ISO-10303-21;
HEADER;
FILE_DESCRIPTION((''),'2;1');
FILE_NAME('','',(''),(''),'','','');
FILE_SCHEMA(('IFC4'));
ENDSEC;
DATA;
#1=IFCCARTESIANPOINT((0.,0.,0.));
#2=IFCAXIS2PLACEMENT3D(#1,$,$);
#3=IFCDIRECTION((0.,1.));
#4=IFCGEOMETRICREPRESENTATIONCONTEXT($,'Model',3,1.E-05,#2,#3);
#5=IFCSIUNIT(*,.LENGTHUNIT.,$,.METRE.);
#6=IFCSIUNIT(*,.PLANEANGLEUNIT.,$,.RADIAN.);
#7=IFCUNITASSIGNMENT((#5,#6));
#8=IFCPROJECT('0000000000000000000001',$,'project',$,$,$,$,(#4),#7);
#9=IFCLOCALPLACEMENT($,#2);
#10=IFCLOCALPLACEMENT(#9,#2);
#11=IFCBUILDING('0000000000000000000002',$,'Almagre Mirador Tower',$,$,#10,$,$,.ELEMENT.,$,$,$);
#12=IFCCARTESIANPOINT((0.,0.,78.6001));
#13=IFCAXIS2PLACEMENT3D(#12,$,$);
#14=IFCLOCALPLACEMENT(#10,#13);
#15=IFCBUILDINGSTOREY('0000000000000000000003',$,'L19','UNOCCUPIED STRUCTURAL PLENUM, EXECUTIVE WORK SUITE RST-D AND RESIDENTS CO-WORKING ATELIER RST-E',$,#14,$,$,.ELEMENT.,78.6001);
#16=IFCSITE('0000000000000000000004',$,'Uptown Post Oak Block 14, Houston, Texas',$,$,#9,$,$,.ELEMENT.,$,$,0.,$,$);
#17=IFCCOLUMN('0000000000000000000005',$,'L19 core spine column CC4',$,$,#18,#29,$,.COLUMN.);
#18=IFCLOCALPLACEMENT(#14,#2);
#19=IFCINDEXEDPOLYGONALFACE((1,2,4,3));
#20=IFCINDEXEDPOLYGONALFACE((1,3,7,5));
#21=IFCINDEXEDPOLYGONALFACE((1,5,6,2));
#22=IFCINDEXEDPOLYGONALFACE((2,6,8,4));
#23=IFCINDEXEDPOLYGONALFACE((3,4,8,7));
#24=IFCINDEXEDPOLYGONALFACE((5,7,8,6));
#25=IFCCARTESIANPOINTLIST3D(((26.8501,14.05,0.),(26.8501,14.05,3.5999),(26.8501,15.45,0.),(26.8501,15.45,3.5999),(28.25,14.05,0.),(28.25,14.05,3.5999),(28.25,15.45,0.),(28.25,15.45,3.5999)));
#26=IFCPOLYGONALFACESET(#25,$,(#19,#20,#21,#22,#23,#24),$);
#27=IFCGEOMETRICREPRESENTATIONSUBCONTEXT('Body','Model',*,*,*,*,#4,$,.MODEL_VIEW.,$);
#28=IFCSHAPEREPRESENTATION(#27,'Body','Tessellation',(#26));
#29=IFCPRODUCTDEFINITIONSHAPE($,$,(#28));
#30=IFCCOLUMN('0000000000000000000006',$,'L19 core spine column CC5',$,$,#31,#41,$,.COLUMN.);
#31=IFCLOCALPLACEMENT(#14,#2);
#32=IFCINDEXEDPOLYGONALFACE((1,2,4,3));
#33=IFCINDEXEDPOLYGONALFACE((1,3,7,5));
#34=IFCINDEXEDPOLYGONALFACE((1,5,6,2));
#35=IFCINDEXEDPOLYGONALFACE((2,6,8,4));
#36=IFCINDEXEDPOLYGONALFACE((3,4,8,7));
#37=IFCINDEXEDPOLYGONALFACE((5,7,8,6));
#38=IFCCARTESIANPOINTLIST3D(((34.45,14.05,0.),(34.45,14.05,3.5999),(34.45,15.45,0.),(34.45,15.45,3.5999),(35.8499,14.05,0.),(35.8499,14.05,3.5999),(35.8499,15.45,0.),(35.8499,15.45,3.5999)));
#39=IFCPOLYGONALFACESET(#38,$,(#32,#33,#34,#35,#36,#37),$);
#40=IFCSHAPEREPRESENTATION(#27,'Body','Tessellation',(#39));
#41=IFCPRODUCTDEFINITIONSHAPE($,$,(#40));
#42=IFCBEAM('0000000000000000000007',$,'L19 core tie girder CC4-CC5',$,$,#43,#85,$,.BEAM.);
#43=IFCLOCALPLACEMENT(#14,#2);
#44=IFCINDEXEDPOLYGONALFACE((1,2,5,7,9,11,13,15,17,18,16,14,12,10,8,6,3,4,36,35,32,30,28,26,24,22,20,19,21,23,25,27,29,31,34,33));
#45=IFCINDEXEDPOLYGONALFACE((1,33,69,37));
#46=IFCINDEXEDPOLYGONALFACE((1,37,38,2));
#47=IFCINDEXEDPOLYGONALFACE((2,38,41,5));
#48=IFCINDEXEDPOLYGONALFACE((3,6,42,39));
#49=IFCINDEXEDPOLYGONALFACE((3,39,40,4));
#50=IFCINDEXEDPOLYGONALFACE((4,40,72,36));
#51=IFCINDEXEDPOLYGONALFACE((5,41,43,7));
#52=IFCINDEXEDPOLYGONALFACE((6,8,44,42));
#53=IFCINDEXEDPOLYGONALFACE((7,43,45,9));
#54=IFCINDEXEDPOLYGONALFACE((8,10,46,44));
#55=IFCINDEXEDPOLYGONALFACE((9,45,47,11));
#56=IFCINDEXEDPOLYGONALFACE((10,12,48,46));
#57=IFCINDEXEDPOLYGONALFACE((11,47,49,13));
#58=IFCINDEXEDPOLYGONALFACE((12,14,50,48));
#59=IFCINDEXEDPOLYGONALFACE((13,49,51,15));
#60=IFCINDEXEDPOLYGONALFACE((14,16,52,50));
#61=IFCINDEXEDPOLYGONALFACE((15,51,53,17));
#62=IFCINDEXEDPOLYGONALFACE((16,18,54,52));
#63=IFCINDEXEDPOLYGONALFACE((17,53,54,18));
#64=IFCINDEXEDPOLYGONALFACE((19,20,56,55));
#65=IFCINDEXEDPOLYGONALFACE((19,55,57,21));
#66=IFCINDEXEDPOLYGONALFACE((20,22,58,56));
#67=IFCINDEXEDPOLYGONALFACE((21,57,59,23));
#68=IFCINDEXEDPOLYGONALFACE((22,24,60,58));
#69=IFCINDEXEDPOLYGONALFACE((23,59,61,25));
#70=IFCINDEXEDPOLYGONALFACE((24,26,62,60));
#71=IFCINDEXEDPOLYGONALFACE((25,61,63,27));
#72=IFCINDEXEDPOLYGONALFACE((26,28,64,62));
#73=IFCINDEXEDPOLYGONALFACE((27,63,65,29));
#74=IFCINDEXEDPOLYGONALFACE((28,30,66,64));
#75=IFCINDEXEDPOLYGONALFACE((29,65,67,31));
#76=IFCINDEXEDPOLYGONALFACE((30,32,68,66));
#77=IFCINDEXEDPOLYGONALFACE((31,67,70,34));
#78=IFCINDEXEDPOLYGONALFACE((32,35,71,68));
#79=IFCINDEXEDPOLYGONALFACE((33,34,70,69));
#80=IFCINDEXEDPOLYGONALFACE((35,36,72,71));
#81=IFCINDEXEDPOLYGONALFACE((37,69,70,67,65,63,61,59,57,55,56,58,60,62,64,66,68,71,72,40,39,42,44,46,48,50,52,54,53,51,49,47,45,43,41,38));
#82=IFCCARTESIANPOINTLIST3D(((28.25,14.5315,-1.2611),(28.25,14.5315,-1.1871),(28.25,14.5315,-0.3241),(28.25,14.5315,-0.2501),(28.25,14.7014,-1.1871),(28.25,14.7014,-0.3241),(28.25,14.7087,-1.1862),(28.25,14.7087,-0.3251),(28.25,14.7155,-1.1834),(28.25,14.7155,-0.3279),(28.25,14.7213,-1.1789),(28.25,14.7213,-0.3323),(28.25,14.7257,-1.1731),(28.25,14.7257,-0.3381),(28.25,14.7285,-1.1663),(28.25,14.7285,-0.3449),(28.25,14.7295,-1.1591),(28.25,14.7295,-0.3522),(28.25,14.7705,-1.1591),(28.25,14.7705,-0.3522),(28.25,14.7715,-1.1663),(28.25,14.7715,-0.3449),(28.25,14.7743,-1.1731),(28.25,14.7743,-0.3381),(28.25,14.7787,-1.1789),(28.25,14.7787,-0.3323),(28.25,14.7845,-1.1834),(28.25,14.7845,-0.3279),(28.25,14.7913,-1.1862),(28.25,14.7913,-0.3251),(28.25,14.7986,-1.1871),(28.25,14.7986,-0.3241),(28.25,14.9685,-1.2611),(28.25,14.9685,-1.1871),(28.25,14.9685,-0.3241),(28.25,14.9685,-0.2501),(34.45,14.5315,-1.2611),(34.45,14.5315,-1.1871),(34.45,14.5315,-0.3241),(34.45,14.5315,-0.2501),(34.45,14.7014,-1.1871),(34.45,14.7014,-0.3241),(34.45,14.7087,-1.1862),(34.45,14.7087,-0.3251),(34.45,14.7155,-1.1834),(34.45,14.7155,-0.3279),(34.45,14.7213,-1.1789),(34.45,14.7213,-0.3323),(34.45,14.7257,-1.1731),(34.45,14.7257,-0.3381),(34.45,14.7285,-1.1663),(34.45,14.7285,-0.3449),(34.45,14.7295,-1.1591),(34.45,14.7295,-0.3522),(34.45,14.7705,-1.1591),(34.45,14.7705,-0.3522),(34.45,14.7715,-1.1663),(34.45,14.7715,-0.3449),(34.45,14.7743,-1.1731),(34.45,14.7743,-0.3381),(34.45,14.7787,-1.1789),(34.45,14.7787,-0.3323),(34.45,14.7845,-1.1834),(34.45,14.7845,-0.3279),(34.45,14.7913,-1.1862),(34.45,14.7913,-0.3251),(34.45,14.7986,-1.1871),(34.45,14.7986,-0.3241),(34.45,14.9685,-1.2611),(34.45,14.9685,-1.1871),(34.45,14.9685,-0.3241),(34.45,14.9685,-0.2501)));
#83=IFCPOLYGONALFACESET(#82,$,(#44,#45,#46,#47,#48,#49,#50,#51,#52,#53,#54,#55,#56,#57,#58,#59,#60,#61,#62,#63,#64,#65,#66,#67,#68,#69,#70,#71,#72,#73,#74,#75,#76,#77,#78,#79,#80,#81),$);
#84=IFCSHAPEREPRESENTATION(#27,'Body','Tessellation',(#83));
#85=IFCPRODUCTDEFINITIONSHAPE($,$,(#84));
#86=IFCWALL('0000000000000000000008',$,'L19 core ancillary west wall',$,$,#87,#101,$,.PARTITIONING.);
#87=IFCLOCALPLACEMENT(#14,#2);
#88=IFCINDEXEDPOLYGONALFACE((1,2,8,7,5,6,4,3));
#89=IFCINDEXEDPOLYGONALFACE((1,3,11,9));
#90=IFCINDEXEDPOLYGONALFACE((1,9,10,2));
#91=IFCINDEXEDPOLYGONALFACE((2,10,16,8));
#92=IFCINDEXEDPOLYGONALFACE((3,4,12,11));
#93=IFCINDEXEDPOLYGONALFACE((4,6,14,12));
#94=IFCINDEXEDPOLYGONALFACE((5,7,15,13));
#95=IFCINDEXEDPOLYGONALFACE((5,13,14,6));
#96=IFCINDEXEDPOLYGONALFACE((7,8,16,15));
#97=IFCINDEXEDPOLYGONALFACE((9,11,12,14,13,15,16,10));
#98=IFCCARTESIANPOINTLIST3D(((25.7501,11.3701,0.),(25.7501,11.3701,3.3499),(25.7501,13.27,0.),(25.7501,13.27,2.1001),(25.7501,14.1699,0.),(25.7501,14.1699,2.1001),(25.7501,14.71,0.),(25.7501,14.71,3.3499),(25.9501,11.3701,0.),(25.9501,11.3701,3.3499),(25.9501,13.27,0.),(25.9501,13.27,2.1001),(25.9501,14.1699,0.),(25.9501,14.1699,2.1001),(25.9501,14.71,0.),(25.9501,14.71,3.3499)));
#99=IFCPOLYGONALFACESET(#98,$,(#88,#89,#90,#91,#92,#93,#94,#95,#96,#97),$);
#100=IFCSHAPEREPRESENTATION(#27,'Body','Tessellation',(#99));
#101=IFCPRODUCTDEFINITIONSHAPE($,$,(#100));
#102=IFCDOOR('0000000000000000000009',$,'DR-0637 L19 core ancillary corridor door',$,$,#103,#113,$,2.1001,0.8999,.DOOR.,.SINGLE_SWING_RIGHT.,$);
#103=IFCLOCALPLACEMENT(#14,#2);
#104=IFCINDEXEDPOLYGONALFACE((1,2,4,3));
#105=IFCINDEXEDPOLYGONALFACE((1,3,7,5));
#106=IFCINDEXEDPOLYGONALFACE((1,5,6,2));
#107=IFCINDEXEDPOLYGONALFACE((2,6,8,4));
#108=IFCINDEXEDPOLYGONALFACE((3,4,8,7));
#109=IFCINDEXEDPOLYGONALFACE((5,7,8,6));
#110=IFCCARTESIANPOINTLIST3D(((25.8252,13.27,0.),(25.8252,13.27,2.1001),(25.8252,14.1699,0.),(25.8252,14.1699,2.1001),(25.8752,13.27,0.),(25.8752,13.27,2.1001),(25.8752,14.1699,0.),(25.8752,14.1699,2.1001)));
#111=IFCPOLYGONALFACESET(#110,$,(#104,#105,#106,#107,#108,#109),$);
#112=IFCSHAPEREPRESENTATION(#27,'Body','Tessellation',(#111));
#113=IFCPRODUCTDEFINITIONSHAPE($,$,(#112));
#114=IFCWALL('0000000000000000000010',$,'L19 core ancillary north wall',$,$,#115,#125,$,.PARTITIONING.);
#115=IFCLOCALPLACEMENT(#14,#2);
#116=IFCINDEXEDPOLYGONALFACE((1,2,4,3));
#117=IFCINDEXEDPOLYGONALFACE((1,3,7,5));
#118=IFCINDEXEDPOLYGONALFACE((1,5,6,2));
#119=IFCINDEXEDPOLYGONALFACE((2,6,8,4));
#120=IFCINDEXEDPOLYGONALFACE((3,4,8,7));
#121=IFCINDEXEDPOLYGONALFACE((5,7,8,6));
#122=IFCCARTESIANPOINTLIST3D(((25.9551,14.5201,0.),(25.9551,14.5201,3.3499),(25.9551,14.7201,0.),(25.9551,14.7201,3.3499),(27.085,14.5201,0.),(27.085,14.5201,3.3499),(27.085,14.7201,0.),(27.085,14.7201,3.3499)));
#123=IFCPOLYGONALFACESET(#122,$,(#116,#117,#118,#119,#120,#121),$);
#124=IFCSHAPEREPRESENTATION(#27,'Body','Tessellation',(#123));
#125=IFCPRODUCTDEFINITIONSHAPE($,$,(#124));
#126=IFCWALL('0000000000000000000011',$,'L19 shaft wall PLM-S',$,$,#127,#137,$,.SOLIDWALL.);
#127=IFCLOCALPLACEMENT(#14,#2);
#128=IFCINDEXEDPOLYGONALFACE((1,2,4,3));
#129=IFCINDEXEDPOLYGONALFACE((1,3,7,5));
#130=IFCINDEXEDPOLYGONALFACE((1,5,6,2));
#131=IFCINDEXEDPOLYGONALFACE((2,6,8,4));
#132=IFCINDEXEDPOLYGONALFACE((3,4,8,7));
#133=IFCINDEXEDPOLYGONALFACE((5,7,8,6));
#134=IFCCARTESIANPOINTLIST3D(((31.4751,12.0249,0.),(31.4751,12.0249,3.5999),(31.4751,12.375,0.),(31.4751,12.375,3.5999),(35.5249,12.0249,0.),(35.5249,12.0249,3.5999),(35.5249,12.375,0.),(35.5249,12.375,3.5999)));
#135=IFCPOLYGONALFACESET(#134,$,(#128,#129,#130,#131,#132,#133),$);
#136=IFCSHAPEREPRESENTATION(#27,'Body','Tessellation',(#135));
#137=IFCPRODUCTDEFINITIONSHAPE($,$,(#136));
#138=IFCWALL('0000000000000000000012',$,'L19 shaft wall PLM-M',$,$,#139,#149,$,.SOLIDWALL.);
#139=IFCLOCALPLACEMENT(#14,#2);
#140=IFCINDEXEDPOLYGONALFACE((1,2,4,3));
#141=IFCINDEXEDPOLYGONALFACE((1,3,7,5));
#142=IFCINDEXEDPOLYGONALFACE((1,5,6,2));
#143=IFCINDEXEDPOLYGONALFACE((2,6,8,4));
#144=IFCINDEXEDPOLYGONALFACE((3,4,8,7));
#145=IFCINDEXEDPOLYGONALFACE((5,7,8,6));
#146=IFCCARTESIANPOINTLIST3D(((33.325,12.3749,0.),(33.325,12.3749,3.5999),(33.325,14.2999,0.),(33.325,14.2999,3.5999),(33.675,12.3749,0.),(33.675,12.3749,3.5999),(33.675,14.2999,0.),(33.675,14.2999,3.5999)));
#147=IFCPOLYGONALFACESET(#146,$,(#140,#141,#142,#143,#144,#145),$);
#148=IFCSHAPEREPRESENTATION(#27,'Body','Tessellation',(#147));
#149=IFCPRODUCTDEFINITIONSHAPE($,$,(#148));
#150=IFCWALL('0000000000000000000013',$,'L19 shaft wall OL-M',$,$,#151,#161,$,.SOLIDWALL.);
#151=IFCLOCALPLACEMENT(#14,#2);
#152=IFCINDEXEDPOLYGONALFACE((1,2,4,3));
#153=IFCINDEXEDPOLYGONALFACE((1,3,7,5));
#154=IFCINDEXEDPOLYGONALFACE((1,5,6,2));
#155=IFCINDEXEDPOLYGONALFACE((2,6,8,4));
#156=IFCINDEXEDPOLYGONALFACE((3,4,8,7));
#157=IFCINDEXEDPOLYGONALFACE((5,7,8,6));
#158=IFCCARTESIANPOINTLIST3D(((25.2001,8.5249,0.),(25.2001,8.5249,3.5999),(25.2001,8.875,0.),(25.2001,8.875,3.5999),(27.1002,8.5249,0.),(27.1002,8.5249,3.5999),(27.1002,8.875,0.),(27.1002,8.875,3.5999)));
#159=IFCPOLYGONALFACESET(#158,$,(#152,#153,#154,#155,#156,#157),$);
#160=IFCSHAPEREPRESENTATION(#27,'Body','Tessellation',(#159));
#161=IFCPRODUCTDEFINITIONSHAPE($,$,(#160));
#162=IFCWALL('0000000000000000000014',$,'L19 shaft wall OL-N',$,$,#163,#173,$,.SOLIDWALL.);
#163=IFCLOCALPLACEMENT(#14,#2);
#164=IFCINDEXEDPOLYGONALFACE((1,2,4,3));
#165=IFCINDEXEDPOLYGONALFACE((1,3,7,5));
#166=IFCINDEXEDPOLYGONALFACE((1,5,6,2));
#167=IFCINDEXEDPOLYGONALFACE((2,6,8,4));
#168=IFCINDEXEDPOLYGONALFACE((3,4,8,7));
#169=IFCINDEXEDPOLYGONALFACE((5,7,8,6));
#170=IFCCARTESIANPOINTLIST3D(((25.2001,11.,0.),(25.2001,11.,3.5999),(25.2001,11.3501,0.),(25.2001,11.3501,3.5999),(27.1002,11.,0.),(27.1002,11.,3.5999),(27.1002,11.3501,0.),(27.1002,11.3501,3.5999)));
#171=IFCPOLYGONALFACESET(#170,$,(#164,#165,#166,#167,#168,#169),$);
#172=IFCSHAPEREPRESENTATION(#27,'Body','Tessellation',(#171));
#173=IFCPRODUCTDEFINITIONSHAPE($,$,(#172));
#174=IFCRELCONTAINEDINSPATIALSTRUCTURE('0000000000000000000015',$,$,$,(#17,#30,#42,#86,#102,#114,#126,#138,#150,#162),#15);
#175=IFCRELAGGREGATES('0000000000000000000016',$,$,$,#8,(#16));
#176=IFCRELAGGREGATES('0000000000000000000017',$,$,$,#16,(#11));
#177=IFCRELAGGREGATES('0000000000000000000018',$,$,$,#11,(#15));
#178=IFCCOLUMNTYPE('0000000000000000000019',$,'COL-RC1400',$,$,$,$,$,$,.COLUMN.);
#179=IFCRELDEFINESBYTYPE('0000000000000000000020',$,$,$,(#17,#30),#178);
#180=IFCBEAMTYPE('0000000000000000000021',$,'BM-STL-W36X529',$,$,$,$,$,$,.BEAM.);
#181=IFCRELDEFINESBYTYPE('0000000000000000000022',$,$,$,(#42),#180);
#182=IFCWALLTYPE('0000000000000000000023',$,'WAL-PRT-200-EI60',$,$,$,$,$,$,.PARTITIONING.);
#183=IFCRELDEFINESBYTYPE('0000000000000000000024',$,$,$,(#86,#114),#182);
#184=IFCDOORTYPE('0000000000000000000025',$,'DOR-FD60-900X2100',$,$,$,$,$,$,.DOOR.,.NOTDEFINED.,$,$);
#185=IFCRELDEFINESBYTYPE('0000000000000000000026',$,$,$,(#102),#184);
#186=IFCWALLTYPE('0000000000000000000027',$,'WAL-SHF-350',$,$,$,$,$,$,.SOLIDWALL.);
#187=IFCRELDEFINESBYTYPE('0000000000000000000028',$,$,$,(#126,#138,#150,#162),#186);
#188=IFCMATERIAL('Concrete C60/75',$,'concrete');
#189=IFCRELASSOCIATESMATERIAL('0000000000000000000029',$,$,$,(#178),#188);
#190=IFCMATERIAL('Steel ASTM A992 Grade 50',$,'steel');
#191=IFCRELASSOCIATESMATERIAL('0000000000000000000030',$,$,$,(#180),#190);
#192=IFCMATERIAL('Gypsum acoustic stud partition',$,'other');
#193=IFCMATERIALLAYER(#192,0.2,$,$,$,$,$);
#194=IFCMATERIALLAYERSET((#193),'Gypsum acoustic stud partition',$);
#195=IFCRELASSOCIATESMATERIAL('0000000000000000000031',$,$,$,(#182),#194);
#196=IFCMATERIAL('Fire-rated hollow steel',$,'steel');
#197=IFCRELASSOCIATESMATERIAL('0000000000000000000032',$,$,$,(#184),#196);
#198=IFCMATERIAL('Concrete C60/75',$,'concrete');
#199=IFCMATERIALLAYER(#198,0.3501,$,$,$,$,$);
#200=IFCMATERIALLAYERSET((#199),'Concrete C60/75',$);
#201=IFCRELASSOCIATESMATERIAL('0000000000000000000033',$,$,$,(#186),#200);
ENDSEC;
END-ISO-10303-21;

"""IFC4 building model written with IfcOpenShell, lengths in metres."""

from ifc_helpers import new_model, si_unit, direction, frame, frame_2d, origin, origin_2d, place, context, subcontext, project, spatial, rectangle, i_section, extrude, material, layer, layer_set, material_profile, profile_set, type_object, element, fill, save


model = new_model("IFC4")

# Units and contexts
model_context = context("Model", 3, precision=1e-05, world=origin(), true_north=direction((0.0, 1.0)))
body_context = subcontext(model_context, "Body", "Model", "MODEL_VIEW")
ifc_project = project(units=[si_unit("LENGTHUNIT", "METRE"), si_unit("PLANEANGLEUNIT", "RADIAN")], contexts=[model_context])

# Site, building, storey
site_placement = place(None, origin())
site = spatial("IfcSite", under=ifc_project, at=site_placement, Name="Uptown Post Oak Block 14, Houston, Texas", CompositionType="ELEMENT", RefElevation=0.0)
building_placement = place(site_placement, origin())
building = spatial("IfcBuilding", under=site, at=building_placement, Name="Almagre Mirador Tower", CompositionType="ELEMENT")
storey_placement = place(building_placement, frame((0.0, 0.0, 78.6001)))
storey = spatial("IfcBuildingStorey", under=building, at=storey_placement, Name="L19", Description="UNOCCUPIED STRUCTURAL PLENUM, EXECUTIVE WORK SUITE RST-D AND RESIDENTS CO-WORKING ATELIER RST-E", CompositionType="ELEMENT", Elevation=78.6001)

# Columns
ifc_material_1 = material(Name="Concrete C60/75", Category="concrete")
ifc_material_profile_1 = material_profile(ifc_material_1, rectangle(XDim=1.3999, YDim=1.3999, at=origin_2d()), Name="RC1400X1400")
ifc_profile_set_1 = profile_set([ifc_material_profile_1], Name="Concrete C60/75")
column_type = type_object("IfcColumnType", Name="COL-RC1400", PredefinedType="COLUMN", material=ifc_profile_set_1)
for number, where, z_axis, x_axis, name in (
    (1, (27.55, 14.75, 0.0), (0.0, 0.0, 1.0), (1.0, 0.0, 0.0), "L19 core spine column CC4"),
    (2, (35.1499, 14.75, 0.0), (0.0, 0.0, 1.0), (1.0, 0.0, 0.0), "L19 core spine column CC5"),
):
    element("IfcColumn", number, at=place(storey_placement, frame(where, z_axis=z_axis, x_axis=x_axis)), inside=storey, type_object=column_type, Name=name, PredefinedType="COLUMN", context=body_context, shape_type="SweptSolid", body=[
        extrude(rectangle(XDim=1.3999, YDim=1.3999, at=origin_2d()), origin(), (0.0, 0.0, 1.0), 3.5999),
    ])

# Beam
ifc_material_2 = material(Name="Steel ASTM A992 Grade 50", Category="steel")
ifc_material_profile_2 = material_profile(ifc_material_2, i_section(OverallWidth=0.437, OverallDepth=1.011, WebThickness=0.041, FlangeThickness=0.074, FilletRadius=0.0281, at=origin_2d()), Name="W36X529")
ifc_profile_set_2 = profile_set([ifc_material_profile_2], Name="Steel ASTM A992 Grade 50")
beam_type = type_object("IfcBeamType", Name="BM-STL-W36X529", PredefinedType="BEAM", material=ifc_profile_set_2)
beam_placement = place(storey_placement, frame((28.25, 14.75, -0.7556), z_axis=(1.0, 0.0, 0.0), x_axis=(0.0, 1.0, 0.0)))
element("IfcBeam", 3, at=beam_placement, inside=storey, type_object=beam_type, Name="L19 core tie girder CC4-CC5", PredefinedType="BEAM", context=body_context, shape_type="SweptSolid", body=[
    extrude(i_section(OverallWidth=0.437, OverallDepth=1.011, WebThickness=0.041, FlangeThickness=0.074, FilletRadius=0.0281, at=origin_2d()), origin(), (0.0, 0.0, 1.0), 6.2),
])

# Wall, opening, door
ifc_material_3 = material(Name="Gypsum acoustic stud partition", Category="other")
ifc_layer_1 = layer(ifc_material_3, 0.2)
ifc_layer_set_1 = layer_set([ifc_layer_1], Name="Gypsum acoustic stud partition")
wall_type_1 = type_object("IfcWallType", Name="WAL-PRT-200-EI60", PredefinedType="PARTITIONING", material=ifc_layer_set_1)
wall_1_placement = place(storey_placement, frame((25.8501, 11.3701, 0.0), z_axis=(0.0, 0.0, 1.0), x_axis=(0.0, 1.0, 0.0)))
wall_1 = element("IfcWall", 4, at=wall_1_placement, inside=storey, type_object=wall_type_1, Name="L19 core ancillary west wall", PredefinedType="PARTITIONING", context=body_context, shape_type="SweptSolid", body=[
    extrude(rectangle(XDim=3.3398, YDim=0.2, at=frame_2d((1.6699, 0.0))), origin(), (0.0, 0.0, 1.0), 3.3499),
])
opening_1_placement = place(wall_1_placement, frame((1.8999, 0.0, 0.0)))
opening_1 = element("IfcOpeningElement", 5, at=opening_1_placement, cuts=wall_1, PredefinedType="OPENING", context=body_context, shape_type="SweptSolid", body=[
    extrude(rectangle(XDim=0.8999, YDim=2.1001, at=frame_2d((0.45, 1.05))), frame((0.0, 0.1101, 0.0), z_axis=(0.0, -1.0, 0.0), x_axis=(1.0, 0.0, 0.0)), (0.0, 0.0, 1.0), 0.22),
])
ifc_material_4 = material(Name="Fire-rated hollow steel", Category="steel")
door_type_1 = type_object("IfcDoorType", Name="DOR-FD60-900X2100", OperationType="NOTDEFINED", PredefinedType="DOOR", material=ifc_material_4)
door_1_placement = place(opening_1_placement, origin())
door_1 = element("IfcDoor", 6, at=door_1_placement, inside=storey, type_object=door_type_1, Name="DR-0637 L19 core ancillary corridor door", OperationType="SINGLE_SWING_RIGHT", OverallHeight=2.1001, OverallWidth=0.8999, PredefinedType="DOOR", context=body_context, shape_type="SweptSolid", body=[
    extrude(rectangle(XDim=0.8999, YDim=2.1001, at=frame_2d((0.45, 1.05))), frame((0.0, 0.0249, 0.0), z_axis=(0.0, -1.0, 0.0), x_axis=(1.0, 0.0, 0.0)), (0.0, 0.0, 1.0), 0.05),
])
fill(opening_1, door_1)

# Walls
wall_2_placement = place(storey_placement, frame((25.9551, 14.6201, 0.0), z_axis=(0.0, 0.0, 1.0), x_axis=(1.0, 0.0, 0.0)))
element("IfcWall", 7, at=wall_2_placement, inside=storey, type_object=wall_type_1, Name="L19 core ancillary north wall", PredefinedType="PARTITIONING", context=body_context, shape_type="SweptSolid", body=[
    extrude(rectangle(XDim=1.1299, YDim=0.2, at=frame_2d((0.5649, 0.0))), origin(), (0.0, 0.0, 1.0), 3.3499),
])
ifc_material_5 = material(Name="Concrete C60/75", Category="concrete")
ifc_layer_2 = layer(ifc_material_5, 0.3501)
ifc_layer_set_2 = layer_set([ifc_layer_2], Name="Concrete C60/75")
wall_type_2 = type_object("IfcWallType", Name="WAL-SHF-350", PredefinedType="SOLIDWALL", material=ifc_layer_set_2)
wall_3_placement = place(storey_placement, frame((31.4751, 12.2, 0.0), z_axis=(0.0, 0.0, 1.0), x_axis=(1.0, 0.0, 0.0)))
element("IfcWall", 8, at=wall_3_placement, inside=storey, type_object=wall_type_2, Name="L19 shaft wall PLM-S", PredefinedType="SOLIDWALL", context=body_context, shape_type="SweptSolid", body=[
    extrude(rectangle(XDim=4.0498, YDim=0.3501, at=frame_2d((2.0249, 0.0))), origin(), (0.0, 0.0, 1.0), 3.5999),
])
wall_4_placement = place(storey_placement, frame((33.5, 12.375, 0.0), z_axis=(0.0, 0.0, 1.0), x_axis=(0.0, 1.0, 0.0)))
element("IfcWall", 9, at=wall_4_placement, inside=storey, type_object=wall_type_2, Name="L19 shaft wall PLM-M", PredefinedType="SOLIDWALL", context=body_context, shape_type="SweptSolid", body=[
    extrude(rectangle(XDim=1.925, YDim=0.3501, at=frame_2d((0.9624, 0.0))), origin(), (0.0, 0.0, 1.0), 3.5999),
])
for number, where, z_axis, x_axis, name in (
    (10, (25.2, 8.7, 0.0), (0.0, 0.0, 1.0), (1.0, 0.0, 0.0), "L19 shaft wall OL-M"),
    (11, (25.2, 11.175, 0.0), (0.0, 0.0, 1.0), (1.0, 0.0, 0.0), "L19 shaft wall OL-N"),
):
    element("IfcWall", number, at=place(storey_placement, frame(where, z_axis=z_axis, x_axis=x_axis)), inside=storey, type_object=wall_type_2, Name=name, PredefinedType="SOLIDWALL", context=body_context, shape_type="SweptSolid", body=[
        extrude(rectangle(XDim=1.9001, YDim=0.3501, at=frame_2d((0.9502, 0.0))), origin(), (0.0, 0.0, 1.0), 3.5999),
    ])

save(model, "model.ifc")
